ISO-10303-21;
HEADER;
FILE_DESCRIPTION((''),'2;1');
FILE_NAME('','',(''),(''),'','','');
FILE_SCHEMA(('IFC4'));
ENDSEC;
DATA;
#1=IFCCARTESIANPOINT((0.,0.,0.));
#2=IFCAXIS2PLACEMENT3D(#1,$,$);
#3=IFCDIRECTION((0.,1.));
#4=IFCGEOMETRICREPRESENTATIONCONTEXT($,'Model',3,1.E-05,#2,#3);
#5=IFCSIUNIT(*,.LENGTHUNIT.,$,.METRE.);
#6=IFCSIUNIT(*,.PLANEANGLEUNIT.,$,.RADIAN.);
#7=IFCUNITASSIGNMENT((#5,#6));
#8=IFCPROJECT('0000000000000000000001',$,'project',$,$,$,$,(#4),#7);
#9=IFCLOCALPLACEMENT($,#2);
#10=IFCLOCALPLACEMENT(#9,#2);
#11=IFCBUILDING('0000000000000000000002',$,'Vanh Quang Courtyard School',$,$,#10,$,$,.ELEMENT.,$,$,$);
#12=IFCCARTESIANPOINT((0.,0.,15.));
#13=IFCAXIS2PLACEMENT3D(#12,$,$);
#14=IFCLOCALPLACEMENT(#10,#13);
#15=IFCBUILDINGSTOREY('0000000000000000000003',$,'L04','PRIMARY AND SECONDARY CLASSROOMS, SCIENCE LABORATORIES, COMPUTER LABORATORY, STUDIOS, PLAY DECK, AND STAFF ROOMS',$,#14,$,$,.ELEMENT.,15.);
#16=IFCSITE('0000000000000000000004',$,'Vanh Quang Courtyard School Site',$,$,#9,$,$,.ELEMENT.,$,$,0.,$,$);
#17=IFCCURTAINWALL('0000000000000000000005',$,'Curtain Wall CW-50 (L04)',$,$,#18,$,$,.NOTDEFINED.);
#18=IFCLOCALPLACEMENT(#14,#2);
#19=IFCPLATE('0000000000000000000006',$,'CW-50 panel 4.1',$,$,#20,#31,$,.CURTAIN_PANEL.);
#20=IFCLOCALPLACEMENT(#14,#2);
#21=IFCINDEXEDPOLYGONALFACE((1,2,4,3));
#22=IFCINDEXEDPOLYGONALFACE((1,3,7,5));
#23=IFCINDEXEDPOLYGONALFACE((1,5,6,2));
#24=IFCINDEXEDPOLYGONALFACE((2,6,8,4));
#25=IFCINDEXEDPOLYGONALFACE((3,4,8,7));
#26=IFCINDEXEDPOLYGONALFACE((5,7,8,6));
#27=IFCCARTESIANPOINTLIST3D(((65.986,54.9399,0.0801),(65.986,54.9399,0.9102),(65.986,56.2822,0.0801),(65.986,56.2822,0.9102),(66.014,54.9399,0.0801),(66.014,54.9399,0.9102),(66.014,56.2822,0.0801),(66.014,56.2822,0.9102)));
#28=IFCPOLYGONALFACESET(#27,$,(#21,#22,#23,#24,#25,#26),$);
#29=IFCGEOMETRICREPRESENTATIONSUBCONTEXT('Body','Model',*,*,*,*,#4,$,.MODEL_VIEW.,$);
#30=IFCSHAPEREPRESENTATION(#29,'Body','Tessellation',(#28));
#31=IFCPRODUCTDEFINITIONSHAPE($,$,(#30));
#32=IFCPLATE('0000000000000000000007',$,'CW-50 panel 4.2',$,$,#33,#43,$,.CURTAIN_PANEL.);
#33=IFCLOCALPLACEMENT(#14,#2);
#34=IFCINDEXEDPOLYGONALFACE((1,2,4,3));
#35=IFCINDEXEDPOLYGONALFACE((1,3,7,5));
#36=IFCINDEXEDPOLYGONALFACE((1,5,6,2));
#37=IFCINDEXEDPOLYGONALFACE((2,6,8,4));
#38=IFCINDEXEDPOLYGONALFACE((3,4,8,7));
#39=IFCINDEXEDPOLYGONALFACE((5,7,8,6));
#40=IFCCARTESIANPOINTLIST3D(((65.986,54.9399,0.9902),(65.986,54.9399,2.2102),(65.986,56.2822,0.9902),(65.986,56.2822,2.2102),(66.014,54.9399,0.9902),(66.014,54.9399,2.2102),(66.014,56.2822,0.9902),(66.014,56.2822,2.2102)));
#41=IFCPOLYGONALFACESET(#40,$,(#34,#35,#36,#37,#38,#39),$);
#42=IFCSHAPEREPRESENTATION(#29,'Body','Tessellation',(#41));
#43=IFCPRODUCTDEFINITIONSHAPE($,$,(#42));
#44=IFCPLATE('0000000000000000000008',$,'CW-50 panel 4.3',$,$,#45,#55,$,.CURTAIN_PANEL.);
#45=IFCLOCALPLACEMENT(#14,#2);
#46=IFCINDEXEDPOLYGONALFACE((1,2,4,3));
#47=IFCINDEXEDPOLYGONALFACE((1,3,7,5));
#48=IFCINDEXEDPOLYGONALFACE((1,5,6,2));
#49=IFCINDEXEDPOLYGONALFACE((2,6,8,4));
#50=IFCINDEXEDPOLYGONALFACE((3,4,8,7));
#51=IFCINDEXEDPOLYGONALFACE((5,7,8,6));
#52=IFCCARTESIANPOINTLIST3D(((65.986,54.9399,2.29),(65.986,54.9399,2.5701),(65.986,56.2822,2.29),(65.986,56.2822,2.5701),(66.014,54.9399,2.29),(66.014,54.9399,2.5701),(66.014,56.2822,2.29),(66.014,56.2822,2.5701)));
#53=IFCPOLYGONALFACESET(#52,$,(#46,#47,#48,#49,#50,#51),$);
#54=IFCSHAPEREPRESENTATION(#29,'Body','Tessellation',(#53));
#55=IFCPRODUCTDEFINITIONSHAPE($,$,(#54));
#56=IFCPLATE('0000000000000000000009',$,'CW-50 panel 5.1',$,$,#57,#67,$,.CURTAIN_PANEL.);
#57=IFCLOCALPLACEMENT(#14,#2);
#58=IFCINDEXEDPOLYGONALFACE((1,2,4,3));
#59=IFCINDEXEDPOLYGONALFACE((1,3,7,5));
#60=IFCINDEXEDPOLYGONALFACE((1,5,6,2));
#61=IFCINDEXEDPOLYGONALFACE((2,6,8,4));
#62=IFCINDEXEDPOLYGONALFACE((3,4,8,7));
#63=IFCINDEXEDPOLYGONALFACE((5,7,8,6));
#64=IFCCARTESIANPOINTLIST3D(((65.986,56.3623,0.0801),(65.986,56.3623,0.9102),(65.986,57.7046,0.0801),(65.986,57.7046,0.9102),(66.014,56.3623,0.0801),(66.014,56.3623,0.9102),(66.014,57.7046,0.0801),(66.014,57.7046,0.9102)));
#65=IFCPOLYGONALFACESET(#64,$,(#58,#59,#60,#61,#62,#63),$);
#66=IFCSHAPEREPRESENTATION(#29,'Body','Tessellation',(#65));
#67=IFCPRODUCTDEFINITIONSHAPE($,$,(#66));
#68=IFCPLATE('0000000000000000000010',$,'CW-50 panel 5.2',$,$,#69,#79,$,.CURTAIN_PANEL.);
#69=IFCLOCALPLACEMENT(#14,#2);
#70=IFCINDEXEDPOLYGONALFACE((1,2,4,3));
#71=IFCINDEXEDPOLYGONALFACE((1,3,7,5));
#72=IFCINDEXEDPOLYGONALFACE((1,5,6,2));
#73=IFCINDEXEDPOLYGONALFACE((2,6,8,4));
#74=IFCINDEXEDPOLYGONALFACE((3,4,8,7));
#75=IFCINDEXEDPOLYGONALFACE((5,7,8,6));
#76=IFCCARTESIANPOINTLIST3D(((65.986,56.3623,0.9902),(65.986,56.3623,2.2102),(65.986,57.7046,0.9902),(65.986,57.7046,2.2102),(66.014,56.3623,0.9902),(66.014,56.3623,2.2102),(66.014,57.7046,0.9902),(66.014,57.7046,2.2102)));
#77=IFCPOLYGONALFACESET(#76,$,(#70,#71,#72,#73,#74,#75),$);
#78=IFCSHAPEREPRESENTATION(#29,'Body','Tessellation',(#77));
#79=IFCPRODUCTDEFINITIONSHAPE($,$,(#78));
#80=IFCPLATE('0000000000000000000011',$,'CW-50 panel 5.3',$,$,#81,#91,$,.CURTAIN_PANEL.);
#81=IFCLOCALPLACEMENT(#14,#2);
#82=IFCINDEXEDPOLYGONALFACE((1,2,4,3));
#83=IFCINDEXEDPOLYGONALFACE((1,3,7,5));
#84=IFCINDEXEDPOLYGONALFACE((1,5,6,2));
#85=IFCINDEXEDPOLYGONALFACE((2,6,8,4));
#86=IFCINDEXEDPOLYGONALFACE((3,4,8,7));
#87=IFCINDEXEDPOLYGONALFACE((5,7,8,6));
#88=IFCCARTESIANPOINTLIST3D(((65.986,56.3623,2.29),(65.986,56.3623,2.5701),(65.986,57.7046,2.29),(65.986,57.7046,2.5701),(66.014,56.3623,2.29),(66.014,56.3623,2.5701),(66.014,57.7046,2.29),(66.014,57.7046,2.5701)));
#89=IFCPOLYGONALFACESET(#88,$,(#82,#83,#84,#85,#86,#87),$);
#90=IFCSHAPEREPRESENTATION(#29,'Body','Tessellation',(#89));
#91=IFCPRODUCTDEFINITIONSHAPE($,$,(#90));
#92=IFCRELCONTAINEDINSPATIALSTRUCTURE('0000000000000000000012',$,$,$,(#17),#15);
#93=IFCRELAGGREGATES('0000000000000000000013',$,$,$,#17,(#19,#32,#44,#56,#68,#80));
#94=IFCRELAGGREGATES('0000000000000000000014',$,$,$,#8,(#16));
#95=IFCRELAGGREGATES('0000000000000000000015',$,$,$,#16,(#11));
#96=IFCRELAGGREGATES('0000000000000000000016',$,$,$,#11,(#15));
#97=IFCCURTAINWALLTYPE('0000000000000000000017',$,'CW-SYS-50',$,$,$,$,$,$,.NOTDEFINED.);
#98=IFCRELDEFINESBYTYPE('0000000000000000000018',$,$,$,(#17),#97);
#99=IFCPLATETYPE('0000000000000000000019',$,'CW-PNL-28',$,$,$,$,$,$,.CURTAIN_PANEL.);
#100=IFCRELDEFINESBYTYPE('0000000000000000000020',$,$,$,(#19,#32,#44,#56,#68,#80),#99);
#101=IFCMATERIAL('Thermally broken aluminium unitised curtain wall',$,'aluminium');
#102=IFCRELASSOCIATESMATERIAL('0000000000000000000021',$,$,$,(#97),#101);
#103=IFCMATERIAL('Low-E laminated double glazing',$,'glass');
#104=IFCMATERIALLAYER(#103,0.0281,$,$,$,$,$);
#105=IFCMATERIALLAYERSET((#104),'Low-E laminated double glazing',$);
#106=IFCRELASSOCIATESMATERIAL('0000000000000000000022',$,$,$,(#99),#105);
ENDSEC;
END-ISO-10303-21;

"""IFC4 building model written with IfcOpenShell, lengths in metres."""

from ifc_helpers import new_model, si_unit, direction, frame, origin, origin_2d, place, context, subcontext, project, spatial, rectangle, extrude, material, layer, layer_set, type_object, element, aggregate, save


model = new_model("IFC4")

# Units and contexts
model_context = context("Model", 3, precision=1e-05, world=origin(), true_north=direction((0.0, 1.0)))
body_context = subcontext(model_context, "Body", "Model", "MODEL_VIEW")
ifc_project = project(units=[si_unit("LENGTHUNIT", "METRE"), si_unit("PLANEANGLEUNIT", "RADIAN")], contexts=[model_context])

# Site, building, storey
site_placement = place(None, origin())
site = spatial("IfcSite", under=ifc_project, at=site_placement, Name="Vanh Quang Courtyard School Site", CompositionType="ELEMENT", RefElevation=0.0)
building_placement = place(site_placement, origin())
building = spatial("IfcBuilding", under=site, at=building_placement, Name="Vanh Quang Courtyard School", CompositionType="ELEMENT")
storey_placement = place(building_placement, frame((0.0, 0.0, 15.0)))
storey = spatial("IfcBuildingStorey", under=building, at=storey_placement, Name="L04", Description="PRIMARY AND SECONDARY CLASSROOMS, SCIENCE LABORATORIES, COMPUTER LABORATORY, STUDIOS, PLAY DECK, AND STAFF ROOMS", CompositionType="ELEMENT", Elevation=15.0)

# Curtain wall
ifc_material_1 = material(Name="Thermally broken aluminium unitised curtain wall", Category="aluminium")
curtain_wall_type = type_object("IfcCurtainWallType", Name="CW-SYS-50", PredefinedType="NOTDEFINED", material=ifc_material_1)
curtain_wall_1_placement = place(storey_placement, origin())
curtain_wall_1 = element("IfcCurtainWall", 1, at=curtain_wall_1_placement, inside=storey, type_object=curtain_wall_type, Name="Curtain Wall CW-50 (L04)", PredefinedType="NOTDEFINED")

# Shared definitions
ifc_material_2 = material(Name="Low-E laminated double glazing", Category="glass")
ifc_layer = layer(ifc_material_2, 0.0281)
ifc_layer_set = layer_set([ifc_layer], Name="Low-E laminated double glazing")
plate_type = type_object("IfcPlateType", Name="CW-PNL-28", PredefinedType="CURTAIN_PANEL", material=ifc_layer_set)

# Plates
plate_1_placement = place(storey_placement, frame((66.0, 55.6111, 0.0801), z_axis=(0.0, 0.0, 1.0), x_axis=(0.0, 1.0, 0.0)))
plate_1 = element("IfcPlate", 2, at=plate_1_placement, type_object=plate_type, Name="CW-50 panel 4.1", PredefinedType="CURTAIN_PANEL", context=body_context, shape_type="SweptSolid", body=[
    extrude(rectangle(XDim=1.3423, YDim=0.0281, at=origin_2d()), origin(), (0.0, 0.0, 1.0), 0.8301),
])
plate_2_placement = place(storey_placement, frame((66.0, 55.6111, 0.9902), z_axis=(0.0, 0.0, 1.0), x_axis=(0.0, 1.0, 0.0)))
plate_2 = element("IfcPlate", 3, at=plate_2_placement, type_object=plate_type, Name="CW-50 panel 4.2", PredefinedType="CURTAIN_PANEL", context=body_context, shape_type="SweptSolid", body=[
    extrude(rectangle(XDim=1.3423, YDim=0.0281, at=origin_2d()), origin(), (0.0, 0.0, 1.0), 1.22),
])
plate_3_placement = place(storey_placement, frame((66.0, 55.6111, 2.29), z_axis=(0.0, 0.0, 1.0), x_axis=(0.0, 1.0, 0.0)))
plate_3 = element("IfcPlate", 4, at=plate_3_placement, type_object=plate_type, Name="CW-50 panel 4.3", PredefinedType="CURTAIN_PANEL", context=body_context, shape_type="SweptSolid", body=[
    extrude(rectangle(XDim=1.3423, YDim=0.0281, at=origin_2d()), origin(), (0.0, 0.0, 1.0), 0.28),
])
plate_4_placement = place(storey_placement, frame((66.0, 57.0334, 0.0801), z_axis=(0.0, 0.0, 1.0), x_axis=(0.0, 1.0, 0.0)))
plate_4 = element("IfcPlate", 5, at=plate_4_placement, type_object=plate_type, Name="CW-50 panel 5.1", PredefinedType="CURTAIN_PANEL", context=body_context, shape_type="SweptSolid", body=[
    extrude(rectangle(XDim=1.3423, YDim=0.0281, at=origin_2d()), origin(), (0.0, 0.0, 1.0), 0.8301),
])
plate_5_placement = place(storey_placement, frame((66.0, 57.0334, 0.9902), z_axis=(0.0, 0.0, 1.0), x_axis=(0.0, 1.0, 0.0)))
plate_5 = element("IfcPlate", 6, at=plate_5_placement, type_object=plate_type, Name="CW-50 panel 5.2", PredefinedType="CURTAIN_PANEL", context=body_context, shape_type="SweptSolid", body=[
    extrude(rectangle(XDim=1.3423, YDim=0.0281, at=origin_2d()), origin(), (0.0, 0.0, 1.0), 1.22),
])
plate_6_placement = place(storey_placement, frame((66.0, 57.0334, 2.29), z_axis=(0.0, 0.0, 1.0), x_axis=(0.0, 1.0, 0.0)))
plate_6 = element("IfcPlate", 7, at=plate_6_placement, type_object=plate_type, Name="CW-50 panel 5.3", PredefinedType="CURTAIN_PANEL", context=body_context, shape_type="SweptSolid", body=[
    extrude(rectangle(XDim=1.3423, YDim=0.0281, at=origin_2d()), origin(), (0.0, 0.0, 1.0), 0.28),
])
aggregate(curtain_wall_1, [plate_1, plate_2, plate_3, plate_4, plate_5, plate_6])

save(model, "model.ifc")
